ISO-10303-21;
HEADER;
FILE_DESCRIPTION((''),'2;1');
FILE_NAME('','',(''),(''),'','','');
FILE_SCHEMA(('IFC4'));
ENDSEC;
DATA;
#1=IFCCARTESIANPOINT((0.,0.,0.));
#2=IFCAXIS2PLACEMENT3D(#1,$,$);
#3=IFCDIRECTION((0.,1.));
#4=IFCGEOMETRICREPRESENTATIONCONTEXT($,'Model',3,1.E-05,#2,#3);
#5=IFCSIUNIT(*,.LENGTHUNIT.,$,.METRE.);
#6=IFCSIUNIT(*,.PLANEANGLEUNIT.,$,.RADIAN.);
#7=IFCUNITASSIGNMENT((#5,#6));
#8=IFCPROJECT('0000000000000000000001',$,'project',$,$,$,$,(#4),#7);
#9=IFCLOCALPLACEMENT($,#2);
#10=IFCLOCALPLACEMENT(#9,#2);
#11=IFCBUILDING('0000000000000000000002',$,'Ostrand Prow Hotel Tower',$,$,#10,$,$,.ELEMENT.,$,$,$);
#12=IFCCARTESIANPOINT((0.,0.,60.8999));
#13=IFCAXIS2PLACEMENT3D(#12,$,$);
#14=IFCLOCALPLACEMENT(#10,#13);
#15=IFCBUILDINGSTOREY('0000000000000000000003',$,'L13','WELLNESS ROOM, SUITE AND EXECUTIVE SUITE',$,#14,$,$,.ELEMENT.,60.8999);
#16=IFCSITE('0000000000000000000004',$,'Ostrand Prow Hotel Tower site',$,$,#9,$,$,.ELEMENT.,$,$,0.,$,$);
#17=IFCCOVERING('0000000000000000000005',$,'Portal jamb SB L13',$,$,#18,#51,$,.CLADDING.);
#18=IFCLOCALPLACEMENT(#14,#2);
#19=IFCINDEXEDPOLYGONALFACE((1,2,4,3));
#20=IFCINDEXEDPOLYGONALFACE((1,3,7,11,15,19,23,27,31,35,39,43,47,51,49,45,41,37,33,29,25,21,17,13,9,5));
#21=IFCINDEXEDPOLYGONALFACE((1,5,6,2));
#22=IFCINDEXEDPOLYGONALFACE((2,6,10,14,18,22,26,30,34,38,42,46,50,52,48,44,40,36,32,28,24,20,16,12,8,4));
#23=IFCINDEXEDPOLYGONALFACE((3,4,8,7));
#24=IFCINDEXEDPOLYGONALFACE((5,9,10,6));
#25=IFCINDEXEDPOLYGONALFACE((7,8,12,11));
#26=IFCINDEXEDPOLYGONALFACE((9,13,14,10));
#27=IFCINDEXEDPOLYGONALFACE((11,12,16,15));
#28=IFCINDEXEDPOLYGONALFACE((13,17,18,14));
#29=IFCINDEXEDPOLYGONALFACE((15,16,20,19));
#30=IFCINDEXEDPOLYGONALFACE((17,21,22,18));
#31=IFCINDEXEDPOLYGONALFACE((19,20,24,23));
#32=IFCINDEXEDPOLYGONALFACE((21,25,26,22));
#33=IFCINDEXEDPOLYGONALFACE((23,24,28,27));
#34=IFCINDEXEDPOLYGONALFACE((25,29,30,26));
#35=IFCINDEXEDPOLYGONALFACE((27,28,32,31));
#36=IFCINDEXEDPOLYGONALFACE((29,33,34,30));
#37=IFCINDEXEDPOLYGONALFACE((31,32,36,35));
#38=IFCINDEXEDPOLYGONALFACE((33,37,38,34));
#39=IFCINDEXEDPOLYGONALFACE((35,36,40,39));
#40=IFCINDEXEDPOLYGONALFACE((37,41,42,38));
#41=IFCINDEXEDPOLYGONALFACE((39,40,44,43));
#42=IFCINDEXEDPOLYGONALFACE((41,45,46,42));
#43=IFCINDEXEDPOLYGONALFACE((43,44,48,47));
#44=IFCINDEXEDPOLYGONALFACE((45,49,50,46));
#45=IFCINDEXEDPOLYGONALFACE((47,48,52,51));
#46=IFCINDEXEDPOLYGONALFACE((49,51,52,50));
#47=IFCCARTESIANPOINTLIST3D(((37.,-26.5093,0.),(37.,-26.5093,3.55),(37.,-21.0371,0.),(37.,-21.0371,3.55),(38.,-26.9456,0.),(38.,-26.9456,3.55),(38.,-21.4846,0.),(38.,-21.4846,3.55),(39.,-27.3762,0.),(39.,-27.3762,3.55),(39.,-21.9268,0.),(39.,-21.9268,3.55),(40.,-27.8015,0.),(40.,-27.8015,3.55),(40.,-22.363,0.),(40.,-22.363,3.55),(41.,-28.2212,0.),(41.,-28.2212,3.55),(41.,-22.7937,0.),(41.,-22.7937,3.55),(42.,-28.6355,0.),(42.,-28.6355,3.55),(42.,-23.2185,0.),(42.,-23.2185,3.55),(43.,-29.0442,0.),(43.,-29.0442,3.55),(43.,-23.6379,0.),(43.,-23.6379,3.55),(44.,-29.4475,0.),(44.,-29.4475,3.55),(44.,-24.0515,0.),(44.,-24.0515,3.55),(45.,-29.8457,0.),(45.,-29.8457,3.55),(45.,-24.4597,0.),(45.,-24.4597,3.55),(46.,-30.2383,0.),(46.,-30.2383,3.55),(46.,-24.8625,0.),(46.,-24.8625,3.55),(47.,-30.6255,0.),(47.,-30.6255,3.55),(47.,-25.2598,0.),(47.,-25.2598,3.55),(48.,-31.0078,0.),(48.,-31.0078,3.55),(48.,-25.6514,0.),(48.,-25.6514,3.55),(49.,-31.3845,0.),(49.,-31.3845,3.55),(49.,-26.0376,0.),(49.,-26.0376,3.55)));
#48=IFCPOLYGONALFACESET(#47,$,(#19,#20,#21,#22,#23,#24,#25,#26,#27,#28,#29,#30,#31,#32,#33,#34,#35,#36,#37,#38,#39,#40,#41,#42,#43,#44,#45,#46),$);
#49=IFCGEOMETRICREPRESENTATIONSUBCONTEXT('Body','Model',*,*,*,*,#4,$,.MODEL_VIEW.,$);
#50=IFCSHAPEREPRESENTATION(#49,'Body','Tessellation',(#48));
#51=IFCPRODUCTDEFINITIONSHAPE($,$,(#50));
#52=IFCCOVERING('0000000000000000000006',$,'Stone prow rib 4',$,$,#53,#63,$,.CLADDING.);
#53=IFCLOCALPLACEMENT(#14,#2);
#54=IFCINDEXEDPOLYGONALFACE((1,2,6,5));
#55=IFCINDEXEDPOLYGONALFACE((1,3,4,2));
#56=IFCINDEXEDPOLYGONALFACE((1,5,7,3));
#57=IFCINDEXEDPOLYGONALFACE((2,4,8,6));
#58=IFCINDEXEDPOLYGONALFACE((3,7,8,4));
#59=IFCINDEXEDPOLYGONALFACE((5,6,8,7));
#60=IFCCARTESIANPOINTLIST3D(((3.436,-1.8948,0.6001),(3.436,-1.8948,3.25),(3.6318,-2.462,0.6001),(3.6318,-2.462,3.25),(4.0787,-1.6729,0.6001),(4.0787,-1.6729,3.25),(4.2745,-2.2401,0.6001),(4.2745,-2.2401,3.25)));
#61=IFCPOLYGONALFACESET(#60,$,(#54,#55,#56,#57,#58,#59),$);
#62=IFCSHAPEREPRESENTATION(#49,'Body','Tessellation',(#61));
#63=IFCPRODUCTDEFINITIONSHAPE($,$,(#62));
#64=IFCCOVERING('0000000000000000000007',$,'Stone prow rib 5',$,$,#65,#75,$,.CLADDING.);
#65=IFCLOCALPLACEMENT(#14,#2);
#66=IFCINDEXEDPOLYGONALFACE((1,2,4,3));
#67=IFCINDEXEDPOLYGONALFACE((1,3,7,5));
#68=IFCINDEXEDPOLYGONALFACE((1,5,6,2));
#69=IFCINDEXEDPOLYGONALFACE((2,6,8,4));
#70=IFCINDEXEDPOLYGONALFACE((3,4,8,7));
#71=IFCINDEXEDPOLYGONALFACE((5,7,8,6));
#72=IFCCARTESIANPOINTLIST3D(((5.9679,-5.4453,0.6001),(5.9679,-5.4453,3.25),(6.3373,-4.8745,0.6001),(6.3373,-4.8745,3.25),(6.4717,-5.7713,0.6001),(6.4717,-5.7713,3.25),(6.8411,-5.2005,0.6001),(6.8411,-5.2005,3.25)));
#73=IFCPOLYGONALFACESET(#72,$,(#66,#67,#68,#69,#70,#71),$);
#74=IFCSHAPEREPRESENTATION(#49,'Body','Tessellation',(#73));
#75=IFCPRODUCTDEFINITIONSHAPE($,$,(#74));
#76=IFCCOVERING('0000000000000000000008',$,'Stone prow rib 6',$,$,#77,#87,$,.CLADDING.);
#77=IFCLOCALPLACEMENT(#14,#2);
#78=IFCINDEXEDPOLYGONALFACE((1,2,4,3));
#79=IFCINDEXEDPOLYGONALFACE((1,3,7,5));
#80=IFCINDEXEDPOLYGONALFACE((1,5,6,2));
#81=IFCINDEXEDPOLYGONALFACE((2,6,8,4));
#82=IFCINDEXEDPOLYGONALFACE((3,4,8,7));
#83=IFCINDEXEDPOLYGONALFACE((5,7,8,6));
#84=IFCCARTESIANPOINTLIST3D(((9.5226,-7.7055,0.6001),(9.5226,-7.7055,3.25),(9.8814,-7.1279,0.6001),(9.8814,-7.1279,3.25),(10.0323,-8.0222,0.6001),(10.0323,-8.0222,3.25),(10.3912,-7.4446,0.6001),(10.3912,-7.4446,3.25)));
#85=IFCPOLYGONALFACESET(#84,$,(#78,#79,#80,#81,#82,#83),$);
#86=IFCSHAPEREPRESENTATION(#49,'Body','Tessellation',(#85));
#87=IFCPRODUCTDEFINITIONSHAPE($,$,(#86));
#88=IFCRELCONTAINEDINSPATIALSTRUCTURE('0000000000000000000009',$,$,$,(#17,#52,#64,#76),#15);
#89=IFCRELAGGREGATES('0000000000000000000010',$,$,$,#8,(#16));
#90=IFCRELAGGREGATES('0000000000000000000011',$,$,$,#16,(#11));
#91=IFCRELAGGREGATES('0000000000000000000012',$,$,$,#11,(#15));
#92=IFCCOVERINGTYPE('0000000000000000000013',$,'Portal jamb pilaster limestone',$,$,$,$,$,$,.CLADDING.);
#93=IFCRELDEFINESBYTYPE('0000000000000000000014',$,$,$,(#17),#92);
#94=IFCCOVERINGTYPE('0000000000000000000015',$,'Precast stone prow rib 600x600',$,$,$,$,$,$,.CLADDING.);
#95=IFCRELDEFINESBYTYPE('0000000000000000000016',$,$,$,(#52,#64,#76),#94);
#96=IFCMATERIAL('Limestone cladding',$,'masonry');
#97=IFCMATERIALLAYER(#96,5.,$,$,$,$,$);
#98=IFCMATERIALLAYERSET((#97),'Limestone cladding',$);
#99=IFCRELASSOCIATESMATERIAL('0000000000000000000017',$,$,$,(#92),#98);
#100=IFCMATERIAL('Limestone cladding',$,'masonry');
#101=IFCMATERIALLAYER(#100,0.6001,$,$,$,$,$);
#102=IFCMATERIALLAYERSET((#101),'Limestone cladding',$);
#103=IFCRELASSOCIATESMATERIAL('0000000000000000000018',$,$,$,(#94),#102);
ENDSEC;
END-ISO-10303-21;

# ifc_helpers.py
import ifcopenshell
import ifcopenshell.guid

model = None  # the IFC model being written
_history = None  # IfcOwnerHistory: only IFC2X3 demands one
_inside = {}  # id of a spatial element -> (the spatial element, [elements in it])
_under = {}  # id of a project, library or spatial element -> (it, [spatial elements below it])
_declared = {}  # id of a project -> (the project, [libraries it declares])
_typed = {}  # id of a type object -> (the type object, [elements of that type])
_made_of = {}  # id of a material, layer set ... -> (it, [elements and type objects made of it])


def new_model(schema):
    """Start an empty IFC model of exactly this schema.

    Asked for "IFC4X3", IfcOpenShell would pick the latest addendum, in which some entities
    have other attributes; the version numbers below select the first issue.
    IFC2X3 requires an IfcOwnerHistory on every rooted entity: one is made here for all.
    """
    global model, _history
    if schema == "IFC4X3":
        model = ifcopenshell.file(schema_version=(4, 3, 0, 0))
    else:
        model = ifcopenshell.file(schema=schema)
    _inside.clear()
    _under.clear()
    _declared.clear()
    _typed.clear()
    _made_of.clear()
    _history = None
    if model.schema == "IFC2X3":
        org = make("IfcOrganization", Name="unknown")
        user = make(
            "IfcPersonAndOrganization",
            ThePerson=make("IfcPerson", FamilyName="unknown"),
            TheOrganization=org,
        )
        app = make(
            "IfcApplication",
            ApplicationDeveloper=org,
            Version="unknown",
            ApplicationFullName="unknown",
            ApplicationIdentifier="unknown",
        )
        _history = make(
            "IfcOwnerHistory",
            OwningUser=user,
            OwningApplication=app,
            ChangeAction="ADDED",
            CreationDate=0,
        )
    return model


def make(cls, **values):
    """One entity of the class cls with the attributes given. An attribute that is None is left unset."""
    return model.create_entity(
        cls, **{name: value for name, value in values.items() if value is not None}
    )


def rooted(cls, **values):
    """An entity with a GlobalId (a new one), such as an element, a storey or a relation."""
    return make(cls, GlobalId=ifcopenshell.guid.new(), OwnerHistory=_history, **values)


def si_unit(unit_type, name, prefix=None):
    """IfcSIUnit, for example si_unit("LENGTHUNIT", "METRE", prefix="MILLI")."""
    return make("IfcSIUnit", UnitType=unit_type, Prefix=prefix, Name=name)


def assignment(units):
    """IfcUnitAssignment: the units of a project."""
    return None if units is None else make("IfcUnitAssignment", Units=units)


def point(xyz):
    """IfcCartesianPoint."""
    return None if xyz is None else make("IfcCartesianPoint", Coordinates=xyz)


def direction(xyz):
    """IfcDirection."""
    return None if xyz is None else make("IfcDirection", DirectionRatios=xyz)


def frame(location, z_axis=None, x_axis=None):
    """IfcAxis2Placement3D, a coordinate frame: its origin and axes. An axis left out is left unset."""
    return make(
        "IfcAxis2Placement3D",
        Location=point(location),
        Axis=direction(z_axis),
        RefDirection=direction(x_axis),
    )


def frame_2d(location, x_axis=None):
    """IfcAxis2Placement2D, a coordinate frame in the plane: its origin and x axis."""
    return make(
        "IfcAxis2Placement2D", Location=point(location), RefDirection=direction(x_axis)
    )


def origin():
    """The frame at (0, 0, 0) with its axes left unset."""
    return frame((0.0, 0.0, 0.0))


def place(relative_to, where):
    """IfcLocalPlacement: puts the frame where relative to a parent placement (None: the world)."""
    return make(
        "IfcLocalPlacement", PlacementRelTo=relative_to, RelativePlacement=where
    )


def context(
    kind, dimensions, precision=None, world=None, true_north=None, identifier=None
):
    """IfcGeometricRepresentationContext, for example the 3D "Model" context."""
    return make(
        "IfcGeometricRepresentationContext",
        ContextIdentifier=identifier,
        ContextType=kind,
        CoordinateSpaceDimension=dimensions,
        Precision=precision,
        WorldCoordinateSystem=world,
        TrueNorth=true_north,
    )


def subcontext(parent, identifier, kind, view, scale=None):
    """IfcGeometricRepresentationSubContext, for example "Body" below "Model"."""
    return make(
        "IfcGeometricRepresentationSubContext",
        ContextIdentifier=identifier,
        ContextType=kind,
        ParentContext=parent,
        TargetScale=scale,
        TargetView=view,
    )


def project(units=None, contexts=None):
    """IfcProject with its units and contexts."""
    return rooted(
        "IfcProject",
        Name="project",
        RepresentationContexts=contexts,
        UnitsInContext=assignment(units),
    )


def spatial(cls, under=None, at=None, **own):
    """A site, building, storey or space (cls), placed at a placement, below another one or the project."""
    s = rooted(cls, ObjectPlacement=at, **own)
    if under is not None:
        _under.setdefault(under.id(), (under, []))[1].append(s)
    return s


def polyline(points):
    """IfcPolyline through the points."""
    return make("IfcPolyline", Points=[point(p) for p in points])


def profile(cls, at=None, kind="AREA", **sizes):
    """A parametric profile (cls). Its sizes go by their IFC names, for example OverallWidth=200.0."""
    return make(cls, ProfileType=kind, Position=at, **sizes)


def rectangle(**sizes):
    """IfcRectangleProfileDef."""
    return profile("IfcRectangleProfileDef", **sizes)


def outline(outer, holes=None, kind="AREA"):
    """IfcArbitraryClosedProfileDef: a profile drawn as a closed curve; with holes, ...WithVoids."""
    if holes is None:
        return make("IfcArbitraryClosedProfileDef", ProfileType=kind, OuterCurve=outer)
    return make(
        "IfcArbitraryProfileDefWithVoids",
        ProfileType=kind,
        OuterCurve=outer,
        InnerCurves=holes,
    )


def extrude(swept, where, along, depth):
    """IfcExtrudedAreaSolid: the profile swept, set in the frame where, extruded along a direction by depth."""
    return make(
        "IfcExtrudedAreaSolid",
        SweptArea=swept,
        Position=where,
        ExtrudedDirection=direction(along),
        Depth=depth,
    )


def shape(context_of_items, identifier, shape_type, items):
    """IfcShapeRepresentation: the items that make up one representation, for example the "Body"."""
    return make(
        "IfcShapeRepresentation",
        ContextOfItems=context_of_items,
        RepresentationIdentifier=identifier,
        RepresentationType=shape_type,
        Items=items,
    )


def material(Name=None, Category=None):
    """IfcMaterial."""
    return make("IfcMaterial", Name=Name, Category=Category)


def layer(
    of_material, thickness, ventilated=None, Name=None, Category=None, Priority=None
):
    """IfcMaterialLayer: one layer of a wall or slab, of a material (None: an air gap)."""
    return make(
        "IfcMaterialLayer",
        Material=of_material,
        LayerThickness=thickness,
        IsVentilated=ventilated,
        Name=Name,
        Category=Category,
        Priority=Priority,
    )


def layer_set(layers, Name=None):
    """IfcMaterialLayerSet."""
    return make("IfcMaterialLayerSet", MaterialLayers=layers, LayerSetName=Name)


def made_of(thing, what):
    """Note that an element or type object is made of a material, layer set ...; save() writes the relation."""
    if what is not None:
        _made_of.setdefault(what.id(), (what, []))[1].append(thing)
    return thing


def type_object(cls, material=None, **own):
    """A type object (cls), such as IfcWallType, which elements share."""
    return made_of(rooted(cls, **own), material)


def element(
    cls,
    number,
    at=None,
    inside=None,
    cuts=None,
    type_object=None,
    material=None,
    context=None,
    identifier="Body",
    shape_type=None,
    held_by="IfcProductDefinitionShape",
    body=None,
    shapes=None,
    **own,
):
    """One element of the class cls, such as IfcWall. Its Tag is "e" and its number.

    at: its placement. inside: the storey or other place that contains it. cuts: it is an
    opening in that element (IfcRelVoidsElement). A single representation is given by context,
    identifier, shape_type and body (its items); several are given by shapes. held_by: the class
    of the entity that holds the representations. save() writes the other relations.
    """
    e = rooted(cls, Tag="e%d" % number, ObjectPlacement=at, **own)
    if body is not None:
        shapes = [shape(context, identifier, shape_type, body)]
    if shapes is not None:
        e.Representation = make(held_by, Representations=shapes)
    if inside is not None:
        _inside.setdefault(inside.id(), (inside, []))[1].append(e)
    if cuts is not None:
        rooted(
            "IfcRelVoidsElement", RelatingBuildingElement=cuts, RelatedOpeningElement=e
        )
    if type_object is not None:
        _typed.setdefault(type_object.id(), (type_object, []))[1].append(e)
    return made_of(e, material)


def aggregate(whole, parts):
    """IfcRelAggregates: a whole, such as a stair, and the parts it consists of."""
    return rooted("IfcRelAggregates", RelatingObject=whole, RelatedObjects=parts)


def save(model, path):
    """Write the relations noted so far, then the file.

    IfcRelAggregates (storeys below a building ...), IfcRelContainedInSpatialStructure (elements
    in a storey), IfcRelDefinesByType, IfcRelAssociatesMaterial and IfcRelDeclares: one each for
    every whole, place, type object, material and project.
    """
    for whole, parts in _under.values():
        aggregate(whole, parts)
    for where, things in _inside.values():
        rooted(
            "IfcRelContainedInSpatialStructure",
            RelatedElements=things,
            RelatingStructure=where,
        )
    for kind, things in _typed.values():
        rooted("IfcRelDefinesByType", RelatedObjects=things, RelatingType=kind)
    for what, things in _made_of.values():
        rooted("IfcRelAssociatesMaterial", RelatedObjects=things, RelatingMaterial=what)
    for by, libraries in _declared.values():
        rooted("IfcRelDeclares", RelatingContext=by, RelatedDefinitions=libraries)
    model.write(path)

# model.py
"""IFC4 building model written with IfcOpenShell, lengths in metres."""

from ifc_helpers import new_model, si_unit, direction, frame, frame_2d, origin, place, context, subcontext, project, spatial, polyline, rectangle, outline, extrude, material, layer, layer_set, type_object, element, save


model = new_model("IFC4")

# Units and contexts
model_context = context("Model", 3, precision=1e-05, world=origin(), true_north=direction((0.0, 1.0)))
body_context = subcontext(model_context, "Body", "Model", "MODEL_VIEW")
ifc_project = project(units=[si_unit("LENGTHUNIT", "METRE"), si_unit("PLANEANGLEUNIT", "RADIAN")], contexts=[model_context])

# Site, building, storey
site_placement = place(None, origin())
site = spatial("IfcSite", under=ifc_project, at=site_placement, Name="Ostrand Prow Hotel Tower site", CompositionType="ELEMENT", RefElevation=0.0)
building_placement = place(site_placement, origin())
building = spatial("IfcBuilding", under=site, at=building_placement, Name="Ostrand Prow Hotel Tower", CompositionType="ELEMENT")
storey_placement = place(building_placement, frame((0.0, 0.0, 60.8999)))
storey = spatial("IfcBuildingStorey", under=building, at=storey_placement, Name="L13", Description="WELLNESS ROOM, SUITE AND EXECUTIVE SUITE", CompositionType="ELEMENT", Elevation=60.8999)

# Coverings
ifc_material_1 = material(Name="Limestone cladding", Category="masonry")
ifc_layer_1 = layer(ifc_material_1, 5.0)
ifc_layer_set_1 = layer_set([ifc_layer_1], Name="Limestone cladding")
covering_type_1 = type_object("IfcCoveringType", Name="Portal jamb pilaster limestone", PredefinedType="CLADDING", material=ifc_layer_set_1)
covering_1_placement = place(storey_placement, origin())
element("IfcCovering", 1, at=covering_1_placement, inside=storey, type_object=covering_type_1, Name="Portal jamb SB L13", PredefinedType="CLADDING", context=body_context, shape_type="SweptSolid", body=[
    extrude(outline(polyline([(37.0, -21.0371), (37.0, -26.5093), (38.0, -26.9456), (39.0, -27.3762), (40.0, -27.8015), (41.0, -28.2212), (42.0, -28.6355), (43.0, -29.0442), (44.0, -29.4475), (45.0, -29.8457), (46.0, -30.2383), (47.0, -30.6255), (48.0, -31.0078), (49.0, -31.3845), (49.0, -26.0376), (48.0, -25.6514), (47.0, -25.2598), (46.0, -24.8625), (45.0, -24.4597), (44.0, -24.0515), (43.0, -23.6379), (42.0, -23.2185), (41.0, -22.7937), (40.0, -22.363), (39.0, -21.9268), (38.0, -21.4846), (37.0, -21.0371)])), origin(), (0.0, 0.0, 1.0), 3.55),
])
ifc_material_2 = material(Name="Limestone cladding", Category="masonry")
ifc_layer_2 = layer(ifc_material_2, 0.6001)
ifc_layer_set_2 = layer_set([ifc_layer_2], Name="Limestone cladding")
covering_type_2 = type_object("IfcCoveringType", Name="Precast stone prow rib 600x600", PredefinedType="CLADDING", material=ifc_layer_set_2)
for number, where, z_axis, x_axis, name in (
    (2, (4.1765, -1.9565, 0.6001), (0.0, 0.0, 1.0), (-0.945255, -0.326334, 0.0), "Stone prow rib 4"),
    (3, (6.5891, -5.0376, 0.6001), (0.0, 0.0, 1.0), (-0.543296, -0.839541, 0.0), "Stone prow rib 5"),
    (4, (10.1362, -7.2864, 0.6001), (0.0, 0.0, 1.0), (-0.527738, -0.849407, 0.0), "Stone prow rib 6"),
):
    element("IfcCovering", number, at=place(storey_placement, frame(where, z_axis=z_axis, x_axis=x_axis)), inside=storey, type_object=covering_type_2, Name=name, PredefinedType="CLADDING", context=body_context, shape_type="SweptSolid", body=[
        extrude(rectangle(XDim=0.6799, YDim=0.6001, at=frame_2d((0.3398, 0.0))), origin(), (0.0, 0.0, 1.0), 2.6499),
    ])

save(model, "model.ifc")
